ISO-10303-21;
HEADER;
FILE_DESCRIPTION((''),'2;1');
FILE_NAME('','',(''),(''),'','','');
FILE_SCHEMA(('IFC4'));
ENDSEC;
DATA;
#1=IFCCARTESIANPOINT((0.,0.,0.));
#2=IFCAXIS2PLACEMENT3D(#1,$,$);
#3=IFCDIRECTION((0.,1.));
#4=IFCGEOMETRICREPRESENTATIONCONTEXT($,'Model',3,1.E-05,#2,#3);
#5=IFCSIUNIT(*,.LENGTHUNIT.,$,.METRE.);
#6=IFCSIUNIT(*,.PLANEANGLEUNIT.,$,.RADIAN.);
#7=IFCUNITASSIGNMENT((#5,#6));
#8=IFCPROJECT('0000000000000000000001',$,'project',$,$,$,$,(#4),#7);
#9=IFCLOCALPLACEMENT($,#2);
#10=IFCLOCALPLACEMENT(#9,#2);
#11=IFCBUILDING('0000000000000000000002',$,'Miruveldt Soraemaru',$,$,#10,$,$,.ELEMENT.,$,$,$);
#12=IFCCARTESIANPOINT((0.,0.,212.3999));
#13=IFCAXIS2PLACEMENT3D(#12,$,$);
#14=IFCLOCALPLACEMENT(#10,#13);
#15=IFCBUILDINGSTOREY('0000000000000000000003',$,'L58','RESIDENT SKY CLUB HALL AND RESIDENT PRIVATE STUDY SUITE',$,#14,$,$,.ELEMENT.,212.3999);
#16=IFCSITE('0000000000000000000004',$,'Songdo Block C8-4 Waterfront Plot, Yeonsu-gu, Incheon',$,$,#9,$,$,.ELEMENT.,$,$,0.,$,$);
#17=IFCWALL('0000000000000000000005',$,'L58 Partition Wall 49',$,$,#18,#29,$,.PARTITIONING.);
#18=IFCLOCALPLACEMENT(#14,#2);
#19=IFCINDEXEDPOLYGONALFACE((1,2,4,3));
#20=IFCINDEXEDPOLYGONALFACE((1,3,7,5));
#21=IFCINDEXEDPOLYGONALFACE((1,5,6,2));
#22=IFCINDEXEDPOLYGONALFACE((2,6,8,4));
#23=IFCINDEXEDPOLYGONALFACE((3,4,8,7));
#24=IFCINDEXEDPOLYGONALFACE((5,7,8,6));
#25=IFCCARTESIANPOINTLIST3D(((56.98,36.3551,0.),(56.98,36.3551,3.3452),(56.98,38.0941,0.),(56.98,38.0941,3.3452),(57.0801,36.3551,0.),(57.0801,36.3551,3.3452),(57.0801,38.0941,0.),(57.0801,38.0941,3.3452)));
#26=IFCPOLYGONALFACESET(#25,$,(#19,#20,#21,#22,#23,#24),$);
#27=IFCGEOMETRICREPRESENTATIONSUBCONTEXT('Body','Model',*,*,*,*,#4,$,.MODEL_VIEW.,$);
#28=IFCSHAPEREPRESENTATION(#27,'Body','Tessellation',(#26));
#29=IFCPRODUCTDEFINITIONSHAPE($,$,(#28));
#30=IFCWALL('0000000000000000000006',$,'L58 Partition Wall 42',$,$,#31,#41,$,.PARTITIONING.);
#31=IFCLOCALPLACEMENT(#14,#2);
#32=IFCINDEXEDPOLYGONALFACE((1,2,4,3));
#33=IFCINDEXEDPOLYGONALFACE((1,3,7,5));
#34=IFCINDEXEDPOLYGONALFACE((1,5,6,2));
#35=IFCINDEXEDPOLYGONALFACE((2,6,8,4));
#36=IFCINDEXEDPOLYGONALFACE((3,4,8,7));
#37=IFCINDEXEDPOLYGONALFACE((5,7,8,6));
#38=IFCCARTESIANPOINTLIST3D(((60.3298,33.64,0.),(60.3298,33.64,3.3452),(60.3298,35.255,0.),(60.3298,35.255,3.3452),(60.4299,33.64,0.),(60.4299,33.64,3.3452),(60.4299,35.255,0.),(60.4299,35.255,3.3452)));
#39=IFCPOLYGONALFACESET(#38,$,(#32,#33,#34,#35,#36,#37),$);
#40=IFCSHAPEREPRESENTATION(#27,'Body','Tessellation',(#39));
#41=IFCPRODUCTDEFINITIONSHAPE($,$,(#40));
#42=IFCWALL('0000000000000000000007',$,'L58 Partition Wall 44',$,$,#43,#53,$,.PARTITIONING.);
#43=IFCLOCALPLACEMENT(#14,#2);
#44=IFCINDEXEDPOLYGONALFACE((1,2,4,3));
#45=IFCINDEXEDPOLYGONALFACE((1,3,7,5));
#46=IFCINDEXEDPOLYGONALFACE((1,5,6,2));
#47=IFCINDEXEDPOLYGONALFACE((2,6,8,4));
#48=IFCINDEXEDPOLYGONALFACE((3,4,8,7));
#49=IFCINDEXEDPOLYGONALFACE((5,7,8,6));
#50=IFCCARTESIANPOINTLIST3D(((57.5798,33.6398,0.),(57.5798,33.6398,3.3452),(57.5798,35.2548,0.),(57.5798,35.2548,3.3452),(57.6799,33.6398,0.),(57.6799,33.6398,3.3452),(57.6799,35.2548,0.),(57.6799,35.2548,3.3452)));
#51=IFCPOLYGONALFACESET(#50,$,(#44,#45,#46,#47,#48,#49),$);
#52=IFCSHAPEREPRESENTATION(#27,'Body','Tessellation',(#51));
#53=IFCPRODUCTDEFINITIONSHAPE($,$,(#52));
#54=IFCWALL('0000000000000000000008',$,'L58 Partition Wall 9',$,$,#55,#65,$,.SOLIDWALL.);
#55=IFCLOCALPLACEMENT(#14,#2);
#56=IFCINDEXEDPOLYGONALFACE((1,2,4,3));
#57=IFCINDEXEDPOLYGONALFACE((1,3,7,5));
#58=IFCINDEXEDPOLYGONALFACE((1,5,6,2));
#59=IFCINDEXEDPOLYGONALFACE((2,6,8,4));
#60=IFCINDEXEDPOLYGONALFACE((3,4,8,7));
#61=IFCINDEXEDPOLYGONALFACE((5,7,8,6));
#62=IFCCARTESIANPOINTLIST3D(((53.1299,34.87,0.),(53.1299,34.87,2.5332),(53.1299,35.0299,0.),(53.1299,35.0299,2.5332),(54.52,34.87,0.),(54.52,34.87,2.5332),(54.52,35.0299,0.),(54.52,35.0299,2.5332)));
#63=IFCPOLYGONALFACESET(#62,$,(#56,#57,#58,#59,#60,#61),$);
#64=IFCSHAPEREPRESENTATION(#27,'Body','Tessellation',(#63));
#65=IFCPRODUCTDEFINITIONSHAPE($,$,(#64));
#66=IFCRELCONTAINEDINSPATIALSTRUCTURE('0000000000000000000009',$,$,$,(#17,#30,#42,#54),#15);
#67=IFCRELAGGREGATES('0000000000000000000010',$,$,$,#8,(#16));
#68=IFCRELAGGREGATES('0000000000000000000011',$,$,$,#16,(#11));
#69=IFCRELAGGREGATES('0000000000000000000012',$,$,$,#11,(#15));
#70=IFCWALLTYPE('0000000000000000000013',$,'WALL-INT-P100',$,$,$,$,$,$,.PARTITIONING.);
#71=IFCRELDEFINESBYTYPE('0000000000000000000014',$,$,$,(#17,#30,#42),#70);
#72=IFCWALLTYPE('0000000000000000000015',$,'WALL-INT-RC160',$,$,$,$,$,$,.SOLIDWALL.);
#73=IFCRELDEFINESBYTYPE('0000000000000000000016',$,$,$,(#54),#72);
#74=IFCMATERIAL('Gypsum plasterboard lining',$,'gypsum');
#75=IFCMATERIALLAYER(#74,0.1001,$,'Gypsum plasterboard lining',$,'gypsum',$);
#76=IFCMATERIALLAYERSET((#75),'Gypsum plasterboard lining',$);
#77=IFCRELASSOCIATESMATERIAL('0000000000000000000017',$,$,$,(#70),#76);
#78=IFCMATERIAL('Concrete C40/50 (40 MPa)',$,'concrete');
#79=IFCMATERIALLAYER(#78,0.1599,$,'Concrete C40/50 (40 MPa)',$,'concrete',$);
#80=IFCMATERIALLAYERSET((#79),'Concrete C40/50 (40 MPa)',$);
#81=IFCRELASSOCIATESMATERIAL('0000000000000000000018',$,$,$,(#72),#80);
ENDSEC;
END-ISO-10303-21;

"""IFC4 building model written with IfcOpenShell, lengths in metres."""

from ifc_helpers import new_model, si_unit, direction, frame, frame_2d, origin, place, context, subcontext, project, spatial, rectangle, extrude, material, layer, layer_set, type_object, element, save


model = new_model("IFC4")

# Units and contexts
model_context = context("Model", 3, precision=1e-05, world=origin(), true_north=direction((0.0, 1.0)))
body_context = subcontext(model_context, "Body", "Model", "MODEL_VIEW")
ifc_project = project(units=[si_unit("LENGTHUNIT", "METRE"), si_unit("PLANEANGLEUNIT", "RADIAN")], contexts=[model_context])

# Site, building, storey
site_placement = place(None, origin())
site = spatial("IfcSite", under=ifc_project, at=site_placement, Name="Songdo Block C8-4 Waterfront Plot, Yeonsu-gu, Incheon", CompositionType="ELEMENT", RefElevation=0.0)
building_placement = place(site_placement, origin())
building = spatial("IfcBuilding", under=site, at=building_placement, Name="Miruveldt Soraemaru", CompositionType="ELEMENT")
storey_placement = place(building_placement, frame((0.0, 0.0, 212.3999)))
storey = spatial("IfcBuildingStorey", under=building, at=storey_placement, Name="L58", Description="RESIDENT SKY CLUB HALL AND RESIDENT PRIVATE STUDY SUITE", CompositionType="ELEMENT", Elevation=212.3999)

# Walls
ifc_material_1 = material(Name="Gypsum plasterboard lining", Category="gypsum")
ifc_layer_1 = layer(ifc_material_1, 0.1001, Name="Gypsum plasterboard lining", Category="gypsum")
ifc_layer_set_1 = layer_set([ifc_layer_1], Name="Gypsum plasterboard lining")
wall_type_1 = type_object("IfcWallType", Name="WALL-INT-P100", PredefinedType="PARTITIONING", material=ifc_layer_set_1)
for number, where, z_axis, x_axis, name in (
    (1, (57.03, 36.355, 0.0), (0.0, 0.0, 1.0), (0.0, 1.0, 0.0), "L58 Partition Wall 49"),
):
    element("IfcWall", number, at=place(storey_placement, frame(where, z_axis=z_axis, x_axis=x_axis)), inside=storey, type_object=wall_type_1, Name=name, PredefinedType="PARTITIONING", context=body_context, shape_type="SweptSolid", body=[
        extrude(rectangle(XDim=1.739, YDim=0.1001, at=frame_2d((0.8696, 0.0))), origin(), (0.0, 0.0, 1.0), 3.3452),
    ])
for number, where, z_axis, x_axis, name in (
    (2, (60.3799, 33.6399, 0.0), (0.0, 0.0, 1.0), (0.0, 1.0, 0.0), "L58 Partition Wall 42"),
    (3, (57.6299, 35.2549, 0.0), (0.0, 0.0, 1.0), (0.0, -1.0, 0.0), "L58 Partition Wall 44"),
):
    element("IfcWall", number, at=place(storey_placement, frame(where, z_axis=z_axis, x_axis=x_axis)), inside=storey, type_object=wall_type_1, Name=name, PredefinedType="PARTITIONING", context=body_context, shape_type="SweptSolid", body=[
        extrude(rectangle(XDim=1.615, YDim=0.1001, at=frame_2d((0.8076, 0.0))), origin(), (0.0, 0.0, 1.0), 3.3452),
    ])
ifc_material_2 = material(Name="Concrete C40/50 (40 MPa)", Category="concrete")
ifc_layer_2 = layer(ifc_material_2, 0.1599, Name="Concrete C40/50 (40 MPa)", Category="concrete")
ifc_layer_set_2 = layer_set([ifc_layer_2], Name="Concrete C40/50 (40 MPa)")
wall_type_2 = type_object("IfcWallType", Name="WALL-INT-RC160", PredefinedType="SOLIDWALL", material=ifc_layer_set_2)
wall_1_placement = place(storey_placement, frame((54.52, 34.95, 0.0), z_axis=(0.0, 0.0, 1.0), x_axis=(-1.0, 0.0, 0.0)))
element("IfcWall", 4, at=wall_1_placement, inside=storey, type_object=wall_type_2, Name="L58 Partition Wall 9", PredefinedType="SOLIDWALL", context=body_context, shape_type="SweptSolid", body=[
    extrude(rectangle(XDim=1.3901, YDim=0.1599, at=frame_2d((0.6951, 0.0))), origin(), (0.0, 0.0, 1.0), 2.5332),
])

save(model, "model.ifc")
